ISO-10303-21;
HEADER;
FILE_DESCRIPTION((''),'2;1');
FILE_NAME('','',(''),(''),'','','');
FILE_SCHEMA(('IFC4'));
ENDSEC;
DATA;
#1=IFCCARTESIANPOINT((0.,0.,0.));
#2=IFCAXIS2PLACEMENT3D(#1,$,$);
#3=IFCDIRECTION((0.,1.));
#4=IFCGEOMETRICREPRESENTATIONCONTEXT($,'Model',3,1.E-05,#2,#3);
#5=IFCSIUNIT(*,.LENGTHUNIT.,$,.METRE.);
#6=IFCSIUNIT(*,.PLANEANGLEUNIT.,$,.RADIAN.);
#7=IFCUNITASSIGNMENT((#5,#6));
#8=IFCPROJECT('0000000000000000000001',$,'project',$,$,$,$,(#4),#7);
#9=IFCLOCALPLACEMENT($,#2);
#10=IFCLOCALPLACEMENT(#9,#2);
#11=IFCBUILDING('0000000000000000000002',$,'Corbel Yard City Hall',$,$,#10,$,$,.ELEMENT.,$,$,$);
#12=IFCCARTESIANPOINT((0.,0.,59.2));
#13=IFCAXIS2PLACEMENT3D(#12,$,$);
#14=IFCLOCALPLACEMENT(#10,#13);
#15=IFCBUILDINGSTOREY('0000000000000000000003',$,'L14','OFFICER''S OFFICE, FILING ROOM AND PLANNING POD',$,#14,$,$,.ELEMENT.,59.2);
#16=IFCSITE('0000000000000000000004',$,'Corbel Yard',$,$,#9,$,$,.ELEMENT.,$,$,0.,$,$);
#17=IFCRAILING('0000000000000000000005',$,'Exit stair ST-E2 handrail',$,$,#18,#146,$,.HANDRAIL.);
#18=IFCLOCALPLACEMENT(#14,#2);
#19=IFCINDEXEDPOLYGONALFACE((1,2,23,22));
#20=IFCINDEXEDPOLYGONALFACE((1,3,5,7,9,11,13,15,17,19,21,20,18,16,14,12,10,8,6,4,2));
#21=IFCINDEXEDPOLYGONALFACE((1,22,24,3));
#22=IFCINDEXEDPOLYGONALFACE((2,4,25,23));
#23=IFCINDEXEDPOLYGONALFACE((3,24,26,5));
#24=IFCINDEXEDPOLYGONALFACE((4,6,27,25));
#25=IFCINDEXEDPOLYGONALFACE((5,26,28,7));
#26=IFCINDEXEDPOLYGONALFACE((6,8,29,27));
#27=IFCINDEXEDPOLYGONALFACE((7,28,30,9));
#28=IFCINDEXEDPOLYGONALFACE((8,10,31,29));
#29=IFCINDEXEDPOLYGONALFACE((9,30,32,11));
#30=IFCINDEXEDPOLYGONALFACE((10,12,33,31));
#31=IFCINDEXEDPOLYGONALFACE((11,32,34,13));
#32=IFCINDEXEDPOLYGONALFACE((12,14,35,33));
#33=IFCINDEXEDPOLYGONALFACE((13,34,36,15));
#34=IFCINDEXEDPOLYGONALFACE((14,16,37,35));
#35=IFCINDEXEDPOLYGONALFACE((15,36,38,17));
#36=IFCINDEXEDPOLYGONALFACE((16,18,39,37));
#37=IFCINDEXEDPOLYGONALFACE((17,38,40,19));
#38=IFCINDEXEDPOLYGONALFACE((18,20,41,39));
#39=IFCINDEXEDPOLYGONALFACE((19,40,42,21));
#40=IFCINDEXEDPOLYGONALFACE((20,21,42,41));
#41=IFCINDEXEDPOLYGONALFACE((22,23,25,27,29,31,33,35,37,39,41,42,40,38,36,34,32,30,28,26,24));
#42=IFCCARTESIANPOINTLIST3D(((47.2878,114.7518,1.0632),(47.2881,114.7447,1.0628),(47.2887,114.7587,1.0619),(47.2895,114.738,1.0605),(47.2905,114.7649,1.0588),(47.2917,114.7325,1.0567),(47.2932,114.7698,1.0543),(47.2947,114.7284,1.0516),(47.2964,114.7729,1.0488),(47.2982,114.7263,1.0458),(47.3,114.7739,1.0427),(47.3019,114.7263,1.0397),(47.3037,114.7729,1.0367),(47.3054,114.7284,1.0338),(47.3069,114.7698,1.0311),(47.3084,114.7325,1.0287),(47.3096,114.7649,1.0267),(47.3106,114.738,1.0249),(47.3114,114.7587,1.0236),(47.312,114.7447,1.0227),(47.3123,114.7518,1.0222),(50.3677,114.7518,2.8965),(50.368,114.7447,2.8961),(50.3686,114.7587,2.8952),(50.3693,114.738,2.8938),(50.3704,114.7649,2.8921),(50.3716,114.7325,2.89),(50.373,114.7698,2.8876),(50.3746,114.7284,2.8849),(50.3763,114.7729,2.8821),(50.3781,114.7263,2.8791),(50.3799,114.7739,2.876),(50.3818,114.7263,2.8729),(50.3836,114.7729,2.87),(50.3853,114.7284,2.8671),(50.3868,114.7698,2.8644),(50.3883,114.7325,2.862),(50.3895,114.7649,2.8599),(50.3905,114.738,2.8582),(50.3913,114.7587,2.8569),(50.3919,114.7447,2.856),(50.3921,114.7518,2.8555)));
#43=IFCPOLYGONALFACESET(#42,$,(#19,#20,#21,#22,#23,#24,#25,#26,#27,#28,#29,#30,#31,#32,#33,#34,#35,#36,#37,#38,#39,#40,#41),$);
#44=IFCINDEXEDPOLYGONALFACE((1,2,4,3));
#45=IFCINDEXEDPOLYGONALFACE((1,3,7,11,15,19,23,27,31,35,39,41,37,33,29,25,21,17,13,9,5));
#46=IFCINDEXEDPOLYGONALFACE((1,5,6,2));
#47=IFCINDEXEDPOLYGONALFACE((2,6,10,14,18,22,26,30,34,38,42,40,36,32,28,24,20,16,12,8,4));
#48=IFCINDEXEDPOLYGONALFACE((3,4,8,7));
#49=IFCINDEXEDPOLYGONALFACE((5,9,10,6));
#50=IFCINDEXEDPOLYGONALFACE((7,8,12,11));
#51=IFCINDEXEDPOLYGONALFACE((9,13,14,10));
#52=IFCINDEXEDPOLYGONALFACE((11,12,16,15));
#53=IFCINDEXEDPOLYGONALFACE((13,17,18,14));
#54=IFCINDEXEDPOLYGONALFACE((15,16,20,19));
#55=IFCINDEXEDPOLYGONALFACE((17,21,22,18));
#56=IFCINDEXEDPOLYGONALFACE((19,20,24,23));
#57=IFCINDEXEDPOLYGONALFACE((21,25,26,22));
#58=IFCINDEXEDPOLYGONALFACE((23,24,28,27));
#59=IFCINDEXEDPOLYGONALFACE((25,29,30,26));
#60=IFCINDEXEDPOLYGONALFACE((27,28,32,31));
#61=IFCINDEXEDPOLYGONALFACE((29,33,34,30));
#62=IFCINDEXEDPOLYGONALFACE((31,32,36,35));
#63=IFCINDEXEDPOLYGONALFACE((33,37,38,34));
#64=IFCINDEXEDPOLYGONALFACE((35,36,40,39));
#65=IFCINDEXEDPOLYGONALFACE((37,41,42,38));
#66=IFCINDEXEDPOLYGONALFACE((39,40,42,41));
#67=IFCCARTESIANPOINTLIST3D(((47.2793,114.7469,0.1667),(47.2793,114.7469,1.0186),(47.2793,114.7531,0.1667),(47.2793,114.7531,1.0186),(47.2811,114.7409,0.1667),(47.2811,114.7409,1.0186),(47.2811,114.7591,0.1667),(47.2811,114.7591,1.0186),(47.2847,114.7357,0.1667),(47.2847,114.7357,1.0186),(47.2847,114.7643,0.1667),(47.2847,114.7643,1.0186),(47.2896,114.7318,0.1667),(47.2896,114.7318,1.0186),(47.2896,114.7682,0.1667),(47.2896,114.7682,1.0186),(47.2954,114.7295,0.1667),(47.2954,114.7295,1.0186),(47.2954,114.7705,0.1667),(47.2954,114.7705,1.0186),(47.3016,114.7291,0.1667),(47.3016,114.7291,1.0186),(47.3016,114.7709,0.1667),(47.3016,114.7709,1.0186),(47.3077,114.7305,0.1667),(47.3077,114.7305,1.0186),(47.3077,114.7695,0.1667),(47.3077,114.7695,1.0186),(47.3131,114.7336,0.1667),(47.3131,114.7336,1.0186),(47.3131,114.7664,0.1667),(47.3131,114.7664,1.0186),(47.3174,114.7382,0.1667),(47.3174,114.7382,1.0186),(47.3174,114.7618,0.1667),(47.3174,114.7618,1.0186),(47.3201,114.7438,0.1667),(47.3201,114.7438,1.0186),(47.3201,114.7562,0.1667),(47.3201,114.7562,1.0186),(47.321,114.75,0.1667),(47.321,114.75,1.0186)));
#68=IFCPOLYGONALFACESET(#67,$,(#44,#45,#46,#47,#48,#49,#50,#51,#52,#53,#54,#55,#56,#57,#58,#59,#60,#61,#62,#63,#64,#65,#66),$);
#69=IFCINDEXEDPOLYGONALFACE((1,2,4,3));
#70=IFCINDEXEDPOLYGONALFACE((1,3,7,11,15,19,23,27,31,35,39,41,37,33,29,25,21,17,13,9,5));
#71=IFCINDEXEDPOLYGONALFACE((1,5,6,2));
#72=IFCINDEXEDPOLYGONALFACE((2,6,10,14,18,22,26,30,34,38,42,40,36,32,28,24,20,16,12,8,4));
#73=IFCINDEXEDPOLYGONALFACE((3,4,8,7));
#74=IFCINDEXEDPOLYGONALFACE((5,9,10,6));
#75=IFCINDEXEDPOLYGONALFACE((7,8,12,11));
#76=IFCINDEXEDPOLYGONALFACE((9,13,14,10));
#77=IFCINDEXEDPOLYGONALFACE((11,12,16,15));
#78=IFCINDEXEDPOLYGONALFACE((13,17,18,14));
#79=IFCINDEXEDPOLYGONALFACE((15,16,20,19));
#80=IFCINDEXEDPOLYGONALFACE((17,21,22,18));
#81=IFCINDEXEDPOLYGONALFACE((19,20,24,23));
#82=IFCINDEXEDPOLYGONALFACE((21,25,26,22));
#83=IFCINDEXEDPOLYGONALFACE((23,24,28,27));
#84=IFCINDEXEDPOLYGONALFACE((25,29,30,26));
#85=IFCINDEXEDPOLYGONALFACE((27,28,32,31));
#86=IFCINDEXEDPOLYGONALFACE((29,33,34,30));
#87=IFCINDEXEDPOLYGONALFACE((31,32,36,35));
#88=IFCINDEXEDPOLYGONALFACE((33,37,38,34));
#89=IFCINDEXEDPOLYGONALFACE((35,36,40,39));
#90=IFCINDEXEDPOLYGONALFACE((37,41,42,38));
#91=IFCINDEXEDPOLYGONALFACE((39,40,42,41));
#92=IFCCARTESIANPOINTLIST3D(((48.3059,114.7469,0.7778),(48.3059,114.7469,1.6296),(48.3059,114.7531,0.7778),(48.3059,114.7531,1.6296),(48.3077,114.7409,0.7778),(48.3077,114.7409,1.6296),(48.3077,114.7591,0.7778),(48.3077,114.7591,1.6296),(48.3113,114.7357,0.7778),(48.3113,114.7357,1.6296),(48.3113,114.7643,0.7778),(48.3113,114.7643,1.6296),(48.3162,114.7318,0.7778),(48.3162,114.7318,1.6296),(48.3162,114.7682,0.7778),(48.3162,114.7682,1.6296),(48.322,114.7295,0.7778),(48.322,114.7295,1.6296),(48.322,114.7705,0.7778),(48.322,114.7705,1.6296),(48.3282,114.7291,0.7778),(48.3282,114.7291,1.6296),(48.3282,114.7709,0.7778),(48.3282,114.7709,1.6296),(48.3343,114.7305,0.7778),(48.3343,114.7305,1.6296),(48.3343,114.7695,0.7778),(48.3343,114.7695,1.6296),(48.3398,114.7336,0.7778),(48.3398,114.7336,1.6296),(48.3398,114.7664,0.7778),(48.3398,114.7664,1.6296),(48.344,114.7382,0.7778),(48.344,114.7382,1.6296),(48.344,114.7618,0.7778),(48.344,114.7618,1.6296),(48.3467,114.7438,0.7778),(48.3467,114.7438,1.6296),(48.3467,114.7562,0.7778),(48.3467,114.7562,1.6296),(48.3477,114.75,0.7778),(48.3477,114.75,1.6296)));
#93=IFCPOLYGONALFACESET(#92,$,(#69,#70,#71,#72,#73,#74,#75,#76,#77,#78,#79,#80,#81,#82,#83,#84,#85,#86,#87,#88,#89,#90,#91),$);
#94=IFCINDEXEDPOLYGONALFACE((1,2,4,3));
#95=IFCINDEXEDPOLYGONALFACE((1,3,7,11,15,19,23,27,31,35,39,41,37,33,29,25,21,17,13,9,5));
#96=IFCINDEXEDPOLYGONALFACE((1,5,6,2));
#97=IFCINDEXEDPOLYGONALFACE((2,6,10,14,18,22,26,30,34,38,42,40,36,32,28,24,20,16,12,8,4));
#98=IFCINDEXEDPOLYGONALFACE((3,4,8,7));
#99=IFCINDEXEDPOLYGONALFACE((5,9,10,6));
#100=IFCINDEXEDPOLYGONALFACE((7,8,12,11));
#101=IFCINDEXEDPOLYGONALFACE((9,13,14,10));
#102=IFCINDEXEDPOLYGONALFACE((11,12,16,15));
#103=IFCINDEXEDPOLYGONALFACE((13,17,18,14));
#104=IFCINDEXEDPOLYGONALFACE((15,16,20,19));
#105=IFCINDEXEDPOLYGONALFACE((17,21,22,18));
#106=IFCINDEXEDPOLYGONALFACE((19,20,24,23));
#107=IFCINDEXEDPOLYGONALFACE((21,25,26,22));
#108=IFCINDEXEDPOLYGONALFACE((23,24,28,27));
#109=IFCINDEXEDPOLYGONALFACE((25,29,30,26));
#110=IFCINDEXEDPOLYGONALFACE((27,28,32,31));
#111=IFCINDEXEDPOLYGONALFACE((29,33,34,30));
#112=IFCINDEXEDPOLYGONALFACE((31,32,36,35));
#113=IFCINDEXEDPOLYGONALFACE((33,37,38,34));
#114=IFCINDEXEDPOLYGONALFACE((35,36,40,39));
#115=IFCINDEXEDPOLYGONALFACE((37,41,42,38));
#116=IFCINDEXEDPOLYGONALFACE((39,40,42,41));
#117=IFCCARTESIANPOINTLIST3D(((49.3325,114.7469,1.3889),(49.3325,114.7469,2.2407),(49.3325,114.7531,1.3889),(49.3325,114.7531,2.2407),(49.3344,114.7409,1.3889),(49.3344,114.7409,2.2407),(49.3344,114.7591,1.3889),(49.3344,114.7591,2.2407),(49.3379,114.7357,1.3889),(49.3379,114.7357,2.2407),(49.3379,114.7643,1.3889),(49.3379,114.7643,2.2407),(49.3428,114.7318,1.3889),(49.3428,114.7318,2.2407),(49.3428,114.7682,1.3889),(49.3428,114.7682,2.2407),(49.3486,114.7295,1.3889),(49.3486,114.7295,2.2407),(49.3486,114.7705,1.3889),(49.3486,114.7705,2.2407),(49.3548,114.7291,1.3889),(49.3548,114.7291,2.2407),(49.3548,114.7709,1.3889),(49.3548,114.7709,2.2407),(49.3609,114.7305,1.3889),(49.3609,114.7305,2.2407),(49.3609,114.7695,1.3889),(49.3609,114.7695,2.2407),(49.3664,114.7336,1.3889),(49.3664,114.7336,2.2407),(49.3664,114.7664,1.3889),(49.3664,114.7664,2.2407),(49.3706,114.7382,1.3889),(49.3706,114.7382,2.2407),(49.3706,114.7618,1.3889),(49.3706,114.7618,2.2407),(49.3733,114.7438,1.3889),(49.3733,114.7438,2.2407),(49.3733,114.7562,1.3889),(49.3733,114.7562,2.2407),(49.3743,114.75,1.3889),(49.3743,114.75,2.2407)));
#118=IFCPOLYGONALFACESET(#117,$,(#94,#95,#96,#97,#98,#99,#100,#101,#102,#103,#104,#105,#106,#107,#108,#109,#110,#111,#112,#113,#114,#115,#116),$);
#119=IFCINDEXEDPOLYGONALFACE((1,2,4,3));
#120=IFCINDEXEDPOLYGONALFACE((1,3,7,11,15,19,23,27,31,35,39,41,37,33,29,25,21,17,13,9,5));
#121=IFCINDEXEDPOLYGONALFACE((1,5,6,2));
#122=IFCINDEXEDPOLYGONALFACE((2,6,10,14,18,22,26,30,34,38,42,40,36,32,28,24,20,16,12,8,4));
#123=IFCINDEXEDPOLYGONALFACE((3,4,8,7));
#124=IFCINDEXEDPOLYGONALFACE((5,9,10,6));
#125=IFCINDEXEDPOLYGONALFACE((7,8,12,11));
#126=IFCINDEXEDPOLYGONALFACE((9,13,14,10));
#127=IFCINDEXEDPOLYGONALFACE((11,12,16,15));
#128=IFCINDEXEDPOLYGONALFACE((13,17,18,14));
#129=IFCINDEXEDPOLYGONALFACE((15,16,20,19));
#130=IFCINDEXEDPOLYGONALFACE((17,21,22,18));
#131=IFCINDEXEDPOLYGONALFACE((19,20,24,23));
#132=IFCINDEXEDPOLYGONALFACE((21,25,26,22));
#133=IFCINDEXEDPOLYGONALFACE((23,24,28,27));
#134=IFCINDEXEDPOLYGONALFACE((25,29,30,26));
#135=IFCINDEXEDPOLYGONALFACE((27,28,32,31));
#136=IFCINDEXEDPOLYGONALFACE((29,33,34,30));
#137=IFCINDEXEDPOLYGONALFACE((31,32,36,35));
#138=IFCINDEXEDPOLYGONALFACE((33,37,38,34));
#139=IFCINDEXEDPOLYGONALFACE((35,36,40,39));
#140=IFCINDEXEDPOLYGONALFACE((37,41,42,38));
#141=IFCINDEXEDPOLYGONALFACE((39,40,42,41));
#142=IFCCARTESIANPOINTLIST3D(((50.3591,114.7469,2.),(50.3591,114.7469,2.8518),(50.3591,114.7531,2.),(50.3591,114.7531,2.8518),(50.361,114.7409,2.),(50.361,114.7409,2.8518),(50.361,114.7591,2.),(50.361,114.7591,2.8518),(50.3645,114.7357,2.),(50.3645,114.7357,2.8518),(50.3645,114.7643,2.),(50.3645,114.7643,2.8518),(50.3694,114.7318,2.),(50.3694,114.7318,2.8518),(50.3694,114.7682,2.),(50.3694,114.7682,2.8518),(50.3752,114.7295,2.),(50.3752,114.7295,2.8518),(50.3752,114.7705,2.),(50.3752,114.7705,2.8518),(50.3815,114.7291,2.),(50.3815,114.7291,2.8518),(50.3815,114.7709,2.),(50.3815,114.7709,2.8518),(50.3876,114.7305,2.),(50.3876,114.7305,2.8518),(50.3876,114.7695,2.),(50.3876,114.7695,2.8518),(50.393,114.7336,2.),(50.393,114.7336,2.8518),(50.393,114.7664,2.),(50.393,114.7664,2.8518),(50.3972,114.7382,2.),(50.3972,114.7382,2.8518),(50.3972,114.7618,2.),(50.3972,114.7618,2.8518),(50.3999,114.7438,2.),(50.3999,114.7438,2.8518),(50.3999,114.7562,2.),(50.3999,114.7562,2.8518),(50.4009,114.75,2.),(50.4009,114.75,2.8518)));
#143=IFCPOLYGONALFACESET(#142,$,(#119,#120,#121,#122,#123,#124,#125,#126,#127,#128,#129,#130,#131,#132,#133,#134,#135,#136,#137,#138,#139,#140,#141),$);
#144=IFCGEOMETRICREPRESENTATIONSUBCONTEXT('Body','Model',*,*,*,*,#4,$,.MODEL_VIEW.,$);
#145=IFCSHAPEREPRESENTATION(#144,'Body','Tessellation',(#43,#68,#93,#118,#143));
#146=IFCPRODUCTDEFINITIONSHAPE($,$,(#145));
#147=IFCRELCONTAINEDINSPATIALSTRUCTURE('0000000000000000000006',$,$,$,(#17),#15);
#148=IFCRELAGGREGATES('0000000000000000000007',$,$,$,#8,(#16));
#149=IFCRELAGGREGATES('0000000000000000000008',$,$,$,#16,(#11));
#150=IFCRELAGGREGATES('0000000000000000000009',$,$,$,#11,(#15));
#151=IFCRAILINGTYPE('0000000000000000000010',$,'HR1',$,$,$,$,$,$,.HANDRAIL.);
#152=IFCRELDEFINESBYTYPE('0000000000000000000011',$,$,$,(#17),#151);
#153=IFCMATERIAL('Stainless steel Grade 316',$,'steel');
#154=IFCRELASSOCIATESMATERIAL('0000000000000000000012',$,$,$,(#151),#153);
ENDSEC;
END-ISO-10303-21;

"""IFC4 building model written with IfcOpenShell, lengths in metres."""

from ifc_helpers import new_model, si_unit, direction, frame, origin, origin_2d, place, context, subcontext, project, spatial, circle, extrude, material, type_object, element, save


model = new_model("IFC4")

# Units and contexts
model_context = context("Model", 3, precision=1e-05, world=origin(), true_north=direction((0.0, 1.0)))
body_context = subcontext(model_context, "Body", "Model", "MODEL_VIEW")
ifc_project = project(units=[si_unit("LENGTHUNIT", "METRE"), si_unit("PLANEANGLEUNIT", "RADIAN")], contexts=[model_context])

# Site, building, storey
site_placement = place(None, origin())
site = spatial("IfcSite", under=ifc_project, at=site_placement, Name="Corbel Yard", CompositionType="ELEMENT", RefElevation=0.0)
building_placement = place(site_placement, origin())
building = spatial("IfcBuilding", under=site, at=building_placement, Name="Corbel Yard City Hall", CompositionType="ELEMENT")
storey_placement = place(building_placement, frame((0.0, 0.0, 59.2)))
storey = spatial("IfcBuildingStorey", under=building, at=storey_placement, Name="L14", Description="OFFICER'S OFFICE, FILING ROOM AND PLANNING POD", CompositionType="ELEMENT", Elevation=59.2)

# Shared definitions
ifc_material_1 = material(Name="Stainless steel Grade 316", Category="steel")

# Railing
railing_type = type_object("IfcRailingType", Name="HR1", PredefinedType="HANDRAIL", material=ifc_material_1)
for number, where, name in (
    (1, (47.3, 114.75, 0.1667), "Exit stair ST-E2 handrail"),
):
    element("IfcRailing", number, at=place(storey_placement, frame(where)), inside=storey, type_object=railing_type, Name=name, PredefinedType="HANDRAIL", context=body_context, shape_type="SweptSolid", body=[
        extrude(circle(Radius=0.0239, at=origin_2d()), frame((0.0, 0.0, 0.876), z_axis=(0.859291, 0.0, 0.511487), x_axis=(0.0, 1.0, 0.0)), (0.0, 0.0, 1.0), 3.5842),
        extrude(circle(Radius=0.021, at=origin_2d()), origin(), (0.0, 0.0, 1.0), 0.8518),
        extrude(circle(Radius=0.021, at=origin_2d()), frame((1.0266, 0.0, 0.6111)), (0.0, 0.0, 1.0), 0.8518),
        extrude(circle(Radius=0.021, at=origin_2d()), frame((2.0532, 0.0, 1.2222)), (0.0, 0.0, 1.0), 0.8518),
        extrude(circle(Radius=0.021, at=origin_2d()), frame((3.0798, 0.0, 1.8333)), (0.0, 0.0, 1.0), 0.8518),
    ])

save(model, "model.ifc")
